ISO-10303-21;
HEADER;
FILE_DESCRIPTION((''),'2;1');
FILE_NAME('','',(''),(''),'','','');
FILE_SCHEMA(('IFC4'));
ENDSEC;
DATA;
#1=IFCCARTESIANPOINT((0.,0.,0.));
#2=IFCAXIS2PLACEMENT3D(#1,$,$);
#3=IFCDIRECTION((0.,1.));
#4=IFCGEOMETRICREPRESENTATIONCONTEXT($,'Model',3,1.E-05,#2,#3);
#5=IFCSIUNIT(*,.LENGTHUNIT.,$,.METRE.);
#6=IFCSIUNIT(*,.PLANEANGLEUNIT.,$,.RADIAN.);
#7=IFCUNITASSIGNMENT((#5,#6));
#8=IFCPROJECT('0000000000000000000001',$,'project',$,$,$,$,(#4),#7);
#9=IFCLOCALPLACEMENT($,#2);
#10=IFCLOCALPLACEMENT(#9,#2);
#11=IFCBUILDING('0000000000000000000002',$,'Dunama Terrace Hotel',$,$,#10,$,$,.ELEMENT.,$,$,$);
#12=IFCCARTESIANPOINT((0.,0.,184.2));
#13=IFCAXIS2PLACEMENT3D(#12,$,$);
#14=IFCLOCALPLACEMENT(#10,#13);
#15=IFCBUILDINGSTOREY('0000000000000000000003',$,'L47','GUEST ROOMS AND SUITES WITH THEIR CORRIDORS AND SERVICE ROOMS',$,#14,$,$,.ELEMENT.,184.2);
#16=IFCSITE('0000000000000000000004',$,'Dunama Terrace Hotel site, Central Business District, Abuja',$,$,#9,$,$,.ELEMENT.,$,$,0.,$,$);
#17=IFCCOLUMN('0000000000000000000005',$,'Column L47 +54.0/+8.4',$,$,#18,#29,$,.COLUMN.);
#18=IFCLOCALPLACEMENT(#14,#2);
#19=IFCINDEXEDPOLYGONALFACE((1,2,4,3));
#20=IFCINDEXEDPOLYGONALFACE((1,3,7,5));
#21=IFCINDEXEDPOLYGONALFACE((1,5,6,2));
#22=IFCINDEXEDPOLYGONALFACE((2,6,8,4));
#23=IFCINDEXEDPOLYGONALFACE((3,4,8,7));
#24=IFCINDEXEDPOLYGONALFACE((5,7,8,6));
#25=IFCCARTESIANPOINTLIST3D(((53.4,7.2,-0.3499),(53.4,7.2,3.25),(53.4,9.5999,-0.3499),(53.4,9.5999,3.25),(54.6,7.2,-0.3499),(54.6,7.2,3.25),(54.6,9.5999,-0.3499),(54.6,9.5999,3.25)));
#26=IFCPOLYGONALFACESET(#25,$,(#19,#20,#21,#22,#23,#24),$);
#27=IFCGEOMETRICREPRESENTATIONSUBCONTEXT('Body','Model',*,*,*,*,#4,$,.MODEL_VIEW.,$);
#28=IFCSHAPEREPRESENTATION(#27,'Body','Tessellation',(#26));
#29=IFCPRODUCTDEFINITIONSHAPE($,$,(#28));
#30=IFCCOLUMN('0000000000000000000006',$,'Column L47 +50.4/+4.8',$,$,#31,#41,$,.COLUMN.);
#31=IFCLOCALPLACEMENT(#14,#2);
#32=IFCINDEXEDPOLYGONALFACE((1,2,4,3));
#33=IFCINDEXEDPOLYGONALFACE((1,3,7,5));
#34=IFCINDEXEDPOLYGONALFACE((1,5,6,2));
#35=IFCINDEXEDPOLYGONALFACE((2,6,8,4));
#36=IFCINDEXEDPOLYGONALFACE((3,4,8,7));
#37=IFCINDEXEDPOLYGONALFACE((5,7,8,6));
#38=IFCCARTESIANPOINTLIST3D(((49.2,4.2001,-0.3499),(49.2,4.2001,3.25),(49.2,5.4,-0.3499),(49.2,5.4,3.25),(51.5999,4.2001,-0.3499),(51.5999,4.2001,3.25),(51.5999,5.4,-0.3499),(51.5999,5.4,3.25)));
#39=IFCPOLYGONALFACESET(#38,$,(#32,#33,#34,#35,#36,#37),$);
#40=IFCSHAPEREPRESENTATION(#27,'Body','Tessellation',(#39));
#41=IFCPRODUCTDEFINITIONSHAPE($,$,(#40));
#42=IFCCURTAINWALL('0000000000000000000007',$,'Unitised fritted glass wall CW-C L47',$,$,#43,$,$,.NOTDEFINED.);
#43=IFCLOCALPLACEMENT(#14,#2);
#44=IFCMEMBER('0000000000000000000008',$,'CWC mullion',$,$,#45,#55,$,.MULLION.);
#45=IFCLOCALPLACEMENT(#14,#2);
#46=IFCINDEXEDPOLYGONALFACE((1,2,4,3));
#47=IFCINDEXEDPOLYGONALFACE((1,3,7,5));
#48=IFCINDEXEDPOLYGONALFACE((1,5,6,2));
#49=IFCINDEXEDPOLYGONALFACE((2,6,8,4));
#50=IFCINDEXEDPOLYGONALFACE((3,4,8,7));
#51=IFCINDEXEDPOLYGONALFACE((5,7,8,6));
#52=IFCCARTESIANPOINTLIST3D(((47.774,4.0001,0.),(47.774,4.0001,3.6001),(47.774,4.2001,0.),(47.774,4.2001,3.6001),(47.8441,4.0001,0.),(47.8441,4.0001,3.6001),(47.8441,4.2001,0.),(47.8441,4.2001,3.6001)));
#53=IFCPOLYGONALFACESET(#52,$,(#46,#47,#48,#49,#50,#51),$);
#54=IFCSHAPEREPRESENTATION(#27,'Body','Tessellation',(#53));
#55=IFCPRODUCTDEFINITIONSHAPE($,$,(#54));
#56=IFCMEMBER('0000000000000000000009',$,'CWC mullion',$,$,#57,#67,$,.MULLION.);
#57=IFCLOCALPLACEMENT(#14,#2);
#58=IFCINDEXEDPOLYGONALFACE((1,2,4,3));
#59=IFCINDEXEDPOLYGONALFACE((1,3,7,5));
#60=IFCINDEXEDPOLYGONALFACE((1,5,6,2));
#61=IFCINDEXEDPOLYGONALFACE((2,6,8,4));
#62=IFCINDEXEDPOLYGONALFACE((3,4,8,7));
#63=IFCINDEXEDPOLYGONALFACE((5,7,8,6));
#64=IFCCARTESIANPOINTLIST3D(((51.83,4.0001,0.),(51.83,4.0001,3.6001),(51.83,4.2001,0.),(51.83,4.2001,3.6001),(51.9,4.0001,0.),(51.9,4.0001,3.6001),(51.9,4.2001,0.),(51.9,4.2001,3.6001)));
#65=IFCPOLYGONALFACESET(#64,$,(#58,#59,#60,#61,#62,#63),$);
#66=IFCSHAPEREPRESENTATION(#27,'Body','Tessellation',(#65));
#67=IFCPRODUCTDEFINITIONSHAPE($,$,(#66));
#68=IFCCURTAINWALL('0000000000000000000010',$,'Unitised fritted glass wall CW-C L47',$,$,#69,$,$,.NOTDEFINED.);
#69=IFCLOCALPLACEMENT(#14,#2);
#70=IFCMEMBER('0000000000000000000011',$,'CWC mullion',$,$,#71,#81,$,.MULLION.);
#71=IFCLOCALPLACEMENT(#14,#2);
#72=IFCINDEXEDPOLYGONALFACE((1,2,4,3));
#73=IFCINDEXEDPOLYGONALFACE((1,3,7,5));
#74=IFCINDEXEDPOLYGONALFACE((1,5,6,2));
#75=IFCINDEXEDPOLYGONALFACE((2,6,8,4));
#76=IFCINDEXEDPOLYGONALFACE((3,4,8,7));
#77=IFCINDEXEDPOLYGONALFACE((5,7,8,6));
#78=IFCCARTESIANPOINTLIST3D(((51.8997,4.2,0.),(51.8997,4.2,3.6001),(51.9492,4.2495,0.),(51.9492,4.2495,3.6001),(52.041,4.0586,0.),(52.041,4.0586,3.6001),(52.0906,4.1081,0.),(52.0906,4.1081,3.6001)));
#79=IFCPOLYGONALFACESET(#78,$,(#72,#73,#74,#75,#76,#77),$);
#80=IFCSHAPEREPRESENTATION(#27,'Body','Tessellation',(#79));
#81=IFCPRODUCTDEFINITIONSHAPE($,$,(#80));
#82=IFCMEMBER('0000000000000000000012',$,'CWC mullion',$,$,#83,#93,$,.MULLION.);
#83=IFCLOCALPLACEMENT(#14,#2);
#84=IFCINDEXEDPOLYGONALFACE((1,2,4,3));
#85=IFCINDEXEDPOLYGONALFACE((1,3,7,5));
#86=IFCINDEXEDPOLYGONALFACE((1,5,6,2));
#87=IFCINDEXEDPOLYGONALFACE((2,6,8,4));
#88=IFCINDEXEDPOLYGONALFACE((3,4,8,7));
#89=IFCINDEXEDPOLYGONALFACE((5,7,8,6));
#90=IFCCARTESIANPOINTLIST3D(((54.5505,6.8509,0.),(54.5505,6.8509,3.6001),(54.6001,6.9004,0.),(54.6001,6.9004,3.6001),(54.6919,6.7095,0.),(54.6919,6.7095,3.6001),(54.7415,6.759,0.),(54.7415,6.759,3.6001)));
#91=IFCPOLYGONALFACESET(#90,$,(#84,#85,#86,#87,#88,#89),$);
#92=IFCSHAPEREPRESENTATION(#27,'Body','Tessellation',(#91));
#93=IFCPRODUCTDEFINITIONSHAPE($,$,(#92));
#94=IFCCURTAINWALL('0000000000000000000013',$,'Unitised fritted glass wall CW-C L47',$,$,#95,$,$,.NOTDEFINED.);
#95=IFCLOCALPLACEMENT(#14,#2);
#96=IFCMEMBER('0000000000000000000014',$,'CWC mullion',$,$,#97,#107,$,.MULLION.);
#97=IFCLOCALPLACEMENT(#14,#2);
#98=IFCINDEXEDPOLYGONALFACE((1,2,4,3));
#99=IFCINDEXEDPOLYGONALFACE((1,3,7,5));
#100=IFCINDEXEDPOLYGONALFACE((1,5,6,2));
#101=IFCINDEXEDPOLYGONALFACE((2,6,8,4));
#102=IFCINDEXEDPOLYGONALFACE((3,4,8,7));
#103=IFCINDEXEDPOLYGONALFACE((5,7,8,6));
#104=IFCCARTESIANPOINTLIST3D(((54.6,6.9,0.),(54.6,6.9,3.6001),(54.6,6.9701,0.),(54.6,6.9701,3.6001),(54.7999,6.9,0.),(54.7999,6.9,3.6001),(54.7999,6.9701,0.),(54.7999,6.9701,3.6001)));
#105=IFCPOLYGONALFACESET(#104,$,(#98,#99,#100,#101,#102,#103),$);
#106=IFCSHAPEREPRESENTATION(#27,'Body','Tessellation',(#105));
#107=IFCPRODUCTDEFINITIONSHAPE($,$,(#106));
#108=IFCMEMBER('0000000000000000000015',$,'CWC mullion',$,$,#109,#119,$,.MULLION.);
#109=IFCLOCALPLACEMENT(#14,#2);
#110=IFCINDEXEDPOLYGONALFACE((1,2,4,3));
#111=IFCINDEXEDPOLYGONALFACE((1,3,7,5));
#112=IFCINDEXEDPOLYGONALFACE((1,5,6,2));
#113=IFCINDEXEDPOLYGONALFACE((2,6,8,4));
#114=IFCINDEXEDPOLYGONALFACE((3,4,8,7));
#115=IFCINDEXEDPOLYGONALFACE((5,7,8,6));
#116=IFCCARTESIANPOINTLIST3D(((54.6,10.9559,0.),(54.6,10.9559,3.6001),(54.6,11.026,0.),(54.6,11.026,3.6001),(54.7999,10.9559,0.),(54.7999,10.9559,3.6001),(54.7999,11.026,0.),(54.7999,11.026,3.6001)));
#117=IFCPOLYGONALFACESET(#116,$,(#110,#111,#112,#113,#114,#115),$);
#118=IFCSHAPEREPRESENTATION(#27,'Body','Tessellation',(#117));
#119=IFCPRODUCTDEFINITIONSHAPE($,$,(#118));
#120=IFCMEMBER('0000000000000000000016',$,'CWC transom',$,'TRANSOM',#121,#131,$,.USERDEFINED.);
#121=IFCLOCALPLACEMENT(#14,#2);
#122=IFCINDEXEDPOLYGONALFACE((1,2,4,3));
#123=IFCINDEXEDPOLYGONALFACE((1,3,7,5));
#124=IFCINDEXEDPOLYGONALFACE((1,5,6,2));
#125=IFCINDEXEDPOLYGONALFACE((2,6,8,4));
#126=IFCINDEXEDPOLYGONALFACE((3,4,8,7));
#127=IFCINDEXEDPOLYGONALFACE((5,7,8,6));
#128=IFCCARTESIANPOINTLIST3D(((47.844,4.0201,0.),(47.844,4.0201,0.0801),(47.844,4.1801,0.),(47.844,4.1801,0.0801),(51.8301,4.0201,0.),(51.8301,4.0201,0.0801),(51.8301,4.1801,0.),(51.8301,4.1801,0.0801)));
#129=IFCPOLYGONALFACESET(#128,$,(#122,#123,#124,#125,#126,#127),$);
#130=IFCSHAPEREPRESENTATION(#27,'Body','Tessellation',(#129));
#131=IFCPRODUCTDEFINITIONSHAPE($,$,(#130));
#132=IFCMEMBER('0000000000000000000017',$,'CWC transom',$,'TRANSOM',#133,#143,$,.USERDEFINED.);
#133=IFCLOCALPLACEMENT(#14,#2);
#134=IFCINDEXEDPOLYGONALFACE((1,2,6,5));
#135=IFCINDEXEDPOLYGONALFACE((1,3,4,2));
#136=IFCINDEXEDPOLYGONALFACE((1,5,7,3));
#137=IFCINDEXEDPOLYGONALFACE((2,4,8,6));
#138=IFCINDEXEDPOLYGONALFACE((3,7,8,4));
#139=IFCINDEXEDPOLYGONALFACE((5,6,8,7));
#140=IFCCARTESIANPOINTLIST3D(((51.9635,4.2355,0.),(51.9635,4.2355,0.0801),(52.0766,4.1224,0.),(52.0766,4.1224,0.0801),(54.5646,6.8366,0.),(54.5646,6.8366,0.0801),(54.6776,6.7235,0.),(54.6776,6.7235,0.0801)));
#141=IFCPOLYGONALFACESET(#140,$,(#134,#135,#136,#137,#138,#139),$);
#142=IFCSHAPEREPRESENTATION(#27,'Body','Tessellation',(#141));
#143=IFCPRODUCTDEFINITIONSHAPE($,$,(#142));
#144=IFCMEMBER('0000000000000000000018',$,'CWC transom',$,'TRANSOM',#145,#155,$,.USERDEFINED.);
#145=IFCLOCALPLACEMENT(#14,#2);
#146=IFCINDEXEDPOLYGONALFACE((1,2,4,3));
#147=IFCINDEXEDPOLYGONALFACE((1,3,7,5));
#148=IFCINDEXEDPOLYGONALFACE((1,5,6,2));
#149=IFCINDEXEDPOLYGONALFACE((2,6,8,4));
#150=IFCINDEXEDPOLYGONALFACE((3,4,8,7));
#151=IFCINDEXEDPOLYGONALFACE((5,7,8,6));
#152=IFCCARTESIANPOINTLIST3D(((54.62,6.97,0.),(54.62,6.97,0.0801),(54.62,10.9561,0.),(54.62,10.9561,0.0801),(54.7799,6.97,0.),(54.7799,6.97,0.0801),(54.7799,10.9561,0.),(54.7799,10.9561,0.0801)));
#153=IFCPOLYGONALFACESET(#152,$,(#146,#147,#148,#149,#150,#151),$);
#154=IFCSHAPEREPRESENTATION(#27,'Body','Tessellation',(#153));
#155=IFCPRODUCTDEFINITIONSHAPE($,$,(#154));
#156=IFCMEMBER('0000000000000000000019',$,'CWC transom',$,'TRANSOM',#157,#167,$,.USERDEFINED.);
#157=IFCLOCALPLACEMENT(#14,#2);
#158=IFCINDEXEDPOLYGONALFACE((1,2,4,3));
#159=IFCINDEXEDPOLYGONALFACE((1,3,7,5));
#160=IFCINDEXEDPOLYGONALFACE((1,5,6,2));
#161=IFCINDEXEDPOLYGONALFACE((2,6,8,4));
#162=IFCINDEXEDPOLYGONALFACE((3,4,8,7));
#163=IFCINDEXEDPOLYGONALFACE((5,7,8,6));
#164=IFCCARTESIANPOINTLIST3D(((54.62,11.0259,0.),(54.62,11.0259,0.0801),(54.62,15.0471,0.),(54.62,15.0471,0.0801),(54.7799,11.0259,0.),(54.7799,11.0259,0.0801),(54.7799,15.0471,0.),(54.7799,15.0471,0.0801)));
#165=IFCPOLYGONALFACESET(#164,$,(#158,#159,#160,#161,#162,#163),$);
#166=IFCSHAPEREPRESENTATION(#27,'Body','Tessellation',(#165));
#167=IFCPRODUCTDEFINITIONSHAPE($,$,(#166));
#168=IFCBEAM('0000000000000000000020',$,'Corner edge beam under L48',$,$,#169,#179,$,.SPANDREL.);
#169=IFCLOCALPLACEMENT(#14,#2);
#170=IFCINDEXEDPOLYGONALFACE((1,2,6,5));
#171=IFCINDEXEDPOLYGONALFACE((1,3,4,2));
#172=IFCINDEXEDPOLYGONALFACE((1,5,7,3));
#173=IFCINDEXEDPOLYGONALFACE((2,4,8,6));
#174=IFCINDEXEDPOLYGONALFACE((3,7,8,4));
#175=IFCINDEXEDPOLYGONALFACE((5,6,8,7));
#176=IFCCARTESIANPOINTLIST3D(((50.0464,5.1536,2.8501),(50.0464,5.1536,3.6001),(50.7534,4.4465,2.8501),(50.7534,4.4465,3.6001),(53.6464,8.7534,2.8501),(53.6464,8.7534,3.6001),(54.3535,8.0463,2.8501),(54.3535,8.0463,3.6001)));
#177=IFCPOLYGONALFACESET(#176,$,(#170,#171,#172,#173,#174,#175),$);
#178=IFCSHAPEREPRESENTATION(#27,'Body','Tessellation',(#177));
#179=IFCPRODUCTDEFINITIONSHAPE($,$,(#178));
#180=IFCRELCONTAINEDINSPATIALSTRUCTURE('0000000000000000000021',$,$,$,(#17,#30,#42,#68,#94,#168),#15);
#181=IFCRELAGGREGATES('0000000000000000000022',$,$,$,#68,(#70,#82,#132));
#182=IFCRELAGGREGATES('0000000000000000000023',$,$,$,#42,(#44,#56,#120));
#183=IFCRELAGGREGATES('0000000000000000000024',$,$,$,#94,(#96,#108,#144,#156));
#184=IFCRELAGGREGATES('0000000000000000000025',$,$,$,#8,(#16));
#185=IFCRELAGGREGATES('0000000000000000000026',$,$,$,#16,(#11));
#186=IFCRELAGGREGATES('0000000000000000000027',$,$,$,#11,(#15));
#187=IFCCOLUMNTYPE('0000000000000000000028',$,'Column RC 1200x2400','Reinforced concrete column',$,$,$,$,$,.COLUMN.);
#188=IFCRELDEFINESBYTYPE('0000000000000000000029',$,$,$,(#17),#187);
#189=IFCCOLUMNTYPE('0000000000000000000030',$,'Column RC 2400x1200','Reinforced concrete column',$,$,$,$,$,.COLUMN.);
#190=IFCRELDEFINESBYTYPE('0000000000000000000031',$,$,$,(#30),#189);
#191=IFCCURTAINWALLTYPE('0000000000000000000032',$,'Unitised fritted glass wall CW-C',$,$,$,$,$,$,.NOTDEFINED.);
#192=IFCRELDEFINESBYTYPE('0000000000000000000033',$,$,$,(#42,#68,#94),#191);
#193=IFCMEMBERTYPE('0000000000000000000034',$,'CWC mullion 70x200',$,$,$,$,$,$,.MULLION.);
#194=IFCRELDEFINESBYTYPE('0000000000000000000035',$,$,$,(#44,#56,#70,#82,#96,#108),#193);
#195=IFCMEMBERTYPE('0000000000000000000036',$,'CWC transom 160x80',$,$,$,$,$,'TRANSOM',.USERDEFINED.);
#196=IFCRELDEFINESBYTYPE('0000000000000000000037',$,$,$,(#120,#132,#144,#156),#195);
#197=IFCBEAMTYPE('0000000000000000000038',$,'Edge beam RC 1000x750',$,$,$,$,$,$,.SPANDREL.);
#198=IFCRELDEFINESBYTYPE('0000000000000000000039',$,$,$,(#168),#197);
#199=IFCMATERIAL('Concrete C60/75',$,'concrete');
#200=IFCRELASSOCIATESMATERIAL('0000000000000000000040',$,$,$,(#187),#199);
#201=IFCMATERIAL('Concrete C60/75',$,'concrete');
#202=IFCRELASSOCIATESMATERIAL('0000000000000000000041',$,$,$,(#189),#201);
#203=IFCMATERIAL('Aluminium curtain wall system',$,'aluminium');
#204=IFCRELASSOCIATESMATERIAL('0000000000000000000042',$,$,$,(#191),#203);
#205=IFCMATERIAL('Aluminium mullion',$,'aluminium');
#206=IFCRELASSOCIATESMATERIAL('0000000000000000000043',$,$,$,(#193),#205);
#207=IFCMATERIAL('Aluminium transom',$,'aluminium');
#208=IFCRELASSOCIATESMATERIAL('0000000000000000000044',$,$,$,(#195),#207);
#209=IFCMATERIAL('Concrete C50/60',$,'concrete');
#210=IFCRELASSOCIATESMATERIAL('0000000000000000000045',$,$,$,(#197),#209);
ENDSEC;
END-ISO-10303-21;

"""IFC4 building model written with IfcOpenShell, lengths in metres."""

from ifc_helpers import new_model, si_unit, direction, frame, origin, origin_2d, place, context, subcontext, project, spatial, rectangle, extrude, material, material_profile, profile_set, type_object, element, aggregate, save


model = new_model("IFC4")

# Units and contexts
model_context = context("Model", 3, precision=1e-05, world=origin(), true_north=direction((0.0, 1.0)))
body_context = subcontext(model_context, "Body", "Model", "MODEL_VIEW")
ifc_project = project(units=[si_unit("LENGTHUNIT", "METRE"), si_unit("PLANEANGLEUNIT", "RADIAN")], contexts=[model_context])

# Site, building, storey
site_placement = place(None, origin())
site = spatial("IfcSite", under=ifc_project, at=site_placement, Name="Dunama Terrace Hotel site, Central Business District, Abuja", CompositionType="ELEMENT", RefElevation=0.0)
building_placement = place(site_placement, origin())
building = spatial("IfcBuilding", under=site, at=building_placement, Name="Dunama Terrace Hotel", CompositionType="ELEMENT")
storey_placement = place(building_placement, frame((0.0, 0.0, 184.2)))
storey = spatial("IfcBuildingStorey", under=building, at=storey_placement, Name="L47", Description="GUEST ROOMS AND SUITES WITH THEIR CORRIDORS AND SERVICE ROOMS", CompositionType="ELEMENT", Elevation=184.2)

# Columns
ifc_material_1 = material(Name="Concrete C60/75", Category="concrete")
ifc_material_profile_1 = material_profile(ifc_material_1, rectangle(XDim=1.2, YDim=2.3999, at=origin_2d()), Name="RC 1200x2400")
ifc_profile_set_1 = profile_set([ifc_material_profile_1], Name="Concrete C60/75")
column_type_1 = type_object("IfcColumnType", Name="Column RC 1200x2400", Description="Reinforced concrete column", PredefinedType="COLUMN", material=ifc_profile_set_1)
column_1_placement = place(storey_placement, frame((54.0, 8.3999, -0.3499), z_axis=(0.0, 0.0, 1.0), x_axis=(1.0, 0.0, 0.0)))
element("IfcColumn", 1, at=column_1_placement, inside=storey, type_object=column_type_1, Name="Column L47 +54.0/+8.4", PredefinedType="COLUMN", context=body_context, shape_type="SweptSolid", body=[
    extrude(rectangle(XDim=1.2, YDim=2.3999, at=origin_2d()), origin(), (0.0, 0.0, 1.0), 3.5999),
])
ifc_material_2 = material(Name="Concrete C60/75", Category="concrete")
ifc_material_profile_2 = material_profile(ifc_material_2, rectangle(XDim=2.3999, YDim=1.2, at=origin_2d()), Name="RC 2400x1200")
ifc_profile_set_2 = profile_set([ifc_material_profile_2], Name="Concrete C60/75")
column_type_2 = type_object("IfcColumnType", Name="Column RC 2400x1200", Description="Reinforced concrete column", PredefinedType="COLUMN", material=ifc_profile_set_2)
column_2_placement = place(storey_placement, frame((50.3999, 4.8, -0.3499), z_axis=(0.0, 0.0, 1.0), x_axis=(1.0, 0.0, 0.0)))
element("IfcColumn", 2, at=column_2_placement, inside=storey, type_object=column_type_2, Name="Column L47 +50.4/+4.8", PredefinedType="COLUMN", context=body_context, shape_type="SweptSolid", body=[
    extrude(rectangle(XDim=2.3999, YDim=1.2, at=origin_2d()), origin(), (0.0, 0.0, 1.0), 3.5999),
])

# Curtain walls, members
ifc_material_3 = material(Name="Aluminium curtain wall system", Category="aluminium")
curtain_wall_type = type_object("IfcCurtainWallType", Name="Unitised fritted glass wall CW-C", PredefinedType="NOTDEFINED", material=ifc_material_3)
curtain_wall_1_placement = place(storey_placement, origin())
curtain_wall_1 = element("IfcCurtainWall", 3, at=curtain_wall_1_placement, inside=storey, type_object=curtain_wall_type, Name="Unitised fritted glass wall CW-C L47", PredefinedType="NOTDEFINED")
ifc_material_4 = material(Name="Aluminium mullion", Category="aluminium")
ifc_material_profile_3 = material_profile(ifc_material_4, rectangle(XDim=0.0701, YDim=0.2, at=origin_2d()), Name="CWC MULLION 70X200")
ifc_profile_set_3 = profile_set([ifc_material_profile_3], Name="Aluminium mullion")
member_type_1 = type_object("IfcMemberType", Name="CWC mullion 70x200", PredefinedType="MULLION", material=ifc_profile_set_3)
member_1_placement = place(storey_placement, frame((47.8091, 4.1001, 0.0), z_axis=(0.0, 0.0, 1.0), x_axis=(1.0, 0.0, 0.0)))
member_1 = element("IfcMember", 4, at=member_1_placement, type_object=member_type_1, Name="CWC mullion", PredefinedType="MULLION", context=body_context, shape_type="SweptSolid", body=[
    extrude(rectangle(XDim=0.0701, YDim=0.2, at=origin_2d()), origin(), (0.0, 0.0, 1.0), 3.6001),
])
member_2_placement = place(storey_placement, frame((51.865, 4.1001, 0.0), z_axis=(0.0, 0.0, 1.0), x_axis=(1.0, 0.0, 0.0)))
member_2 = element("IfcMember", 5, at=member_2_placement, type_object=member_type_1, Name="CWC mullion", PredefinedType="MULLION", context=body_context, shape_type="SweptSolid", body=[
    extrude(rectangle(XDim=0.0701, YDim=0.2, at=origin_2d()), origin(), (0.0, 0.0, 1.0), 3.6001),
])
curtain_wall_2_placement = place(storey_placement, origin())
curtain_wall_2 = element("IfcCurtainWall", 6, at=curtain_wall_2_placement, inside=storey, type_object=curtain_wall_type, Name="Unitised fritted glass wall CW-C L47", PredefinedType="NOTDEFINED")
member_3_placement = place(storey_placement, frame((51.9951, 4.1541, 0.0), z_axis=(0.0, 0.0, 1.0), x_axis=(0.707107, 0.707107, 0.0)))
member_3 = element("IfcMember", 7, at=member_3_placement, type_object=member_type_1, Name="CWC mullion", PredefinedType="MULLION", context=body_context, shape_type="SweptSolid", body=[
    extrude(rectangle(XDim=0.0701, YDim=0.2, at=origin_2d()), origin(), (0.0, 0.0, 1.0), 3.6001),
])
member_4_placement = place(storey_placement, frame((54.646, 6.8049, 0.0), z_axis=(0.0, 0.0, 1.0), x_axis=(0.707107, 0.707107, 0.0)))
member_4 = element("IfcMember", 8, at=member_4_placement, type_object=member_type_1, Name="CWC mullion", PredefinedType="MULLION", context=body_context, shape_type="SweptSolid", body=[
    extrude(rectangle(XDim=0.0701, YDim=0.2, at=origin_2d()), origin(), (0.0, 0.0, 1.0), 3.6001),
])
curtain_wall_3_placement = place(storey_placement, origin())
curtain_wall_3 = element("IfcCurtainWall", 9, at=curtain_wall_3_placement, inside=storey, type_object=curtain_wall_type, Name="Unitised fritted glass wall CW-C L47", PredefinedType="NOTDEFINED")
member_5_placement = place(storey_placement, frame((54.7, 6.9351, 0.0), z_axis=(0.0, 0.0, 1.0), x_axis=(0.0, 1.0, 0.0)))
member_5 = element("IfcMember", 10, at=member_5_placement, type_object=member_type_1, Name="CWC mullion", PredefinedType="MULLION", context=body_context, shape_type="SweptSolid", body=[
    extrude(rectangle(XDim=0.0701, YDim=0.2, at=origin_2d()), origin(), (0.0, 0.0, 1.0), 3.6001),
])
member_6_placement = place(storey_placement, frame((54.7, 10.991, 0.0), z_axis=(0.0, 0.0, 1.0), x_axis=(0.0, 1.0, 0.0)))
member_6 = element("IfcMember", 11, at=member_6_placement, type_object=member_type_1, Name="CWC mullion", PredefinedType="MULLION", context=body_context, shape_type="SweptSolid", body=[
    extrude(rectangle(XDim=0.0701, YDim=0.2, at=origin_2d()), origin(), (0.0, 0.0, 1.0), 3.6001),
])

# Members
ifc_material_5 = material(Name="Aluminium transom", Category="aluminium")
ifc_material_profile_4 = material_profile(ifc_material_5, rectangle(XDim=0.1599, YDim=0.0801, at=origin_2d()), Name="CWC TRANSOM 160X80")
ifc_profile_set_4 = profile_set([ifc_material_profile_4], Name="Aluminium transom")
member_type_2 = type_object("IfcMemberType", Name="CWC transom 160x80", ElementType="TRANSOM", PredefinedType="USERDEFINED", material=ifc_profile_set_4)
member_7_placement = place(storey_placement, frame((47.844, 4.1001, 0.04), z_axis=(1.0, 0.0, 0.0), x_axis=(0.0, 1.0, 0.0)))
member_7 = element("IfcMember", 12, at=member_7_placement, type_object=member_type_2, Name="CWC transom", ObjectType="TRANSOM", PredefinedType="USERDEFINED", context=body_context, shape_type="SweptSolid", body=[
    extrude(rectangle(XDim=0.1599, YDim=0.0801, at=origin_2d()), origin(), (0.0, 0.0, 1.0), 3.9861),
])
member_8_placement = place(storey_placement, frame((52.02, 4.179, 0.04), z_axis=(0.707107, 0.707107, 0.0), x_axis=(-0.707107, 0.707107, 0.0)))
member_8 = element("IfcMember", 13, at=member_8_placement, type_object=member_type_2, Name="CWC transom", ObjectType="TRANSOM", PredefinedType="USERDEFINED", context=body_context, shape_type="SweptSolid", body=[
    extrude(rectangle(XDim=0.1599, YDim=0.0801, at=origin_2d()), origin(), (0.0, 0.0, 1.0), 3.6785),
])
member_9_placement = place(storey_placement, frame((54.7, 6.97, 0.04), z_axis=(0.0, 1.0, 0.0), x_axis=(-1.0, 0.0, 0.0)))
member_9 = element("IfcMember", 14, at=member_9_placement, type_object=member_type_2, Name="CWC transom", ObjectType="TRANSOM", PredefinedType="USERDEFINED", context=body_context, shape_type="SweptSolid", body=[
    extrude(rectangle(XDim=0.1599, YDim=0.0801, at=origin_2d()), origin(), (0.0, 0.0, 1.0), 3.9861),
])
member_10_placement = place(storey_placement, frame((54.7, 11.0259, 0.04), z_axis=(0.0, 1.0, 0.0), x_axis=(-1.0, 0.0, 0.0)))
member_10 = element("IfcMember", 15, at=member_10_placement, type_object=member_type_2, Name="CWC transom", ObjectType="TRANSOM", PredefinedType="USERDEFINED", context=body_context, shape_type="SweptSolid", body=[
    extrude(rectangle(XDim=0.1599, YDim=0.0801, at=origin_2d()), origin(), (0.0, 0.0, 1.0), 4.0212),
])

# Beam
ifc_material_6 = material(Name="Concrete C50/60", Category="concrete")
ifc_material_profile_5 = material_profile(ifc_material_6, rectangle(XDim=1.0, YDim=0.75, at=origin_2d()), Name="RC 1000x750")
ifc_profile_set_5 = profile_set([ifc_material_profile_5], Name="Concrete C50/60")
beam_type_1 = type_object("IfcBeamType", Name="Edge beam RC 1000x750", PredefinedType="SPANDREL", material=ifc_profile_set_5)
beam_1_placement = place(storey_placement, frame((50.3999, 4.8, 3.2251), z_axis=(0.707131, 0.707083, 0.0), x_axis=(-0.707083, 0.707131, 0.0)))
element("IfcBeam", 16, at=beam_1_placement, inside=storey, type_object=beam_type_1, Name="Corner edge beam under L48", PredefinedType="SPANDREL", context=body_context, shape_type="SweptSolid", body=[
    extrude(rectangle(XDim=1.0, YDim=0.75, at=origin_2d()), origin(), (0.0, 0.0, 1.0), 5.0911),
])

aggregate(curtain_wall_2, [member_3, member_4, member_8])
aggregate(curtain_wall_1, [member_1, member_2, member_7])
aggregate(curtain_wall_3, [member_5, member_6, member_9, member_10])

save(model, "model.ifc")
